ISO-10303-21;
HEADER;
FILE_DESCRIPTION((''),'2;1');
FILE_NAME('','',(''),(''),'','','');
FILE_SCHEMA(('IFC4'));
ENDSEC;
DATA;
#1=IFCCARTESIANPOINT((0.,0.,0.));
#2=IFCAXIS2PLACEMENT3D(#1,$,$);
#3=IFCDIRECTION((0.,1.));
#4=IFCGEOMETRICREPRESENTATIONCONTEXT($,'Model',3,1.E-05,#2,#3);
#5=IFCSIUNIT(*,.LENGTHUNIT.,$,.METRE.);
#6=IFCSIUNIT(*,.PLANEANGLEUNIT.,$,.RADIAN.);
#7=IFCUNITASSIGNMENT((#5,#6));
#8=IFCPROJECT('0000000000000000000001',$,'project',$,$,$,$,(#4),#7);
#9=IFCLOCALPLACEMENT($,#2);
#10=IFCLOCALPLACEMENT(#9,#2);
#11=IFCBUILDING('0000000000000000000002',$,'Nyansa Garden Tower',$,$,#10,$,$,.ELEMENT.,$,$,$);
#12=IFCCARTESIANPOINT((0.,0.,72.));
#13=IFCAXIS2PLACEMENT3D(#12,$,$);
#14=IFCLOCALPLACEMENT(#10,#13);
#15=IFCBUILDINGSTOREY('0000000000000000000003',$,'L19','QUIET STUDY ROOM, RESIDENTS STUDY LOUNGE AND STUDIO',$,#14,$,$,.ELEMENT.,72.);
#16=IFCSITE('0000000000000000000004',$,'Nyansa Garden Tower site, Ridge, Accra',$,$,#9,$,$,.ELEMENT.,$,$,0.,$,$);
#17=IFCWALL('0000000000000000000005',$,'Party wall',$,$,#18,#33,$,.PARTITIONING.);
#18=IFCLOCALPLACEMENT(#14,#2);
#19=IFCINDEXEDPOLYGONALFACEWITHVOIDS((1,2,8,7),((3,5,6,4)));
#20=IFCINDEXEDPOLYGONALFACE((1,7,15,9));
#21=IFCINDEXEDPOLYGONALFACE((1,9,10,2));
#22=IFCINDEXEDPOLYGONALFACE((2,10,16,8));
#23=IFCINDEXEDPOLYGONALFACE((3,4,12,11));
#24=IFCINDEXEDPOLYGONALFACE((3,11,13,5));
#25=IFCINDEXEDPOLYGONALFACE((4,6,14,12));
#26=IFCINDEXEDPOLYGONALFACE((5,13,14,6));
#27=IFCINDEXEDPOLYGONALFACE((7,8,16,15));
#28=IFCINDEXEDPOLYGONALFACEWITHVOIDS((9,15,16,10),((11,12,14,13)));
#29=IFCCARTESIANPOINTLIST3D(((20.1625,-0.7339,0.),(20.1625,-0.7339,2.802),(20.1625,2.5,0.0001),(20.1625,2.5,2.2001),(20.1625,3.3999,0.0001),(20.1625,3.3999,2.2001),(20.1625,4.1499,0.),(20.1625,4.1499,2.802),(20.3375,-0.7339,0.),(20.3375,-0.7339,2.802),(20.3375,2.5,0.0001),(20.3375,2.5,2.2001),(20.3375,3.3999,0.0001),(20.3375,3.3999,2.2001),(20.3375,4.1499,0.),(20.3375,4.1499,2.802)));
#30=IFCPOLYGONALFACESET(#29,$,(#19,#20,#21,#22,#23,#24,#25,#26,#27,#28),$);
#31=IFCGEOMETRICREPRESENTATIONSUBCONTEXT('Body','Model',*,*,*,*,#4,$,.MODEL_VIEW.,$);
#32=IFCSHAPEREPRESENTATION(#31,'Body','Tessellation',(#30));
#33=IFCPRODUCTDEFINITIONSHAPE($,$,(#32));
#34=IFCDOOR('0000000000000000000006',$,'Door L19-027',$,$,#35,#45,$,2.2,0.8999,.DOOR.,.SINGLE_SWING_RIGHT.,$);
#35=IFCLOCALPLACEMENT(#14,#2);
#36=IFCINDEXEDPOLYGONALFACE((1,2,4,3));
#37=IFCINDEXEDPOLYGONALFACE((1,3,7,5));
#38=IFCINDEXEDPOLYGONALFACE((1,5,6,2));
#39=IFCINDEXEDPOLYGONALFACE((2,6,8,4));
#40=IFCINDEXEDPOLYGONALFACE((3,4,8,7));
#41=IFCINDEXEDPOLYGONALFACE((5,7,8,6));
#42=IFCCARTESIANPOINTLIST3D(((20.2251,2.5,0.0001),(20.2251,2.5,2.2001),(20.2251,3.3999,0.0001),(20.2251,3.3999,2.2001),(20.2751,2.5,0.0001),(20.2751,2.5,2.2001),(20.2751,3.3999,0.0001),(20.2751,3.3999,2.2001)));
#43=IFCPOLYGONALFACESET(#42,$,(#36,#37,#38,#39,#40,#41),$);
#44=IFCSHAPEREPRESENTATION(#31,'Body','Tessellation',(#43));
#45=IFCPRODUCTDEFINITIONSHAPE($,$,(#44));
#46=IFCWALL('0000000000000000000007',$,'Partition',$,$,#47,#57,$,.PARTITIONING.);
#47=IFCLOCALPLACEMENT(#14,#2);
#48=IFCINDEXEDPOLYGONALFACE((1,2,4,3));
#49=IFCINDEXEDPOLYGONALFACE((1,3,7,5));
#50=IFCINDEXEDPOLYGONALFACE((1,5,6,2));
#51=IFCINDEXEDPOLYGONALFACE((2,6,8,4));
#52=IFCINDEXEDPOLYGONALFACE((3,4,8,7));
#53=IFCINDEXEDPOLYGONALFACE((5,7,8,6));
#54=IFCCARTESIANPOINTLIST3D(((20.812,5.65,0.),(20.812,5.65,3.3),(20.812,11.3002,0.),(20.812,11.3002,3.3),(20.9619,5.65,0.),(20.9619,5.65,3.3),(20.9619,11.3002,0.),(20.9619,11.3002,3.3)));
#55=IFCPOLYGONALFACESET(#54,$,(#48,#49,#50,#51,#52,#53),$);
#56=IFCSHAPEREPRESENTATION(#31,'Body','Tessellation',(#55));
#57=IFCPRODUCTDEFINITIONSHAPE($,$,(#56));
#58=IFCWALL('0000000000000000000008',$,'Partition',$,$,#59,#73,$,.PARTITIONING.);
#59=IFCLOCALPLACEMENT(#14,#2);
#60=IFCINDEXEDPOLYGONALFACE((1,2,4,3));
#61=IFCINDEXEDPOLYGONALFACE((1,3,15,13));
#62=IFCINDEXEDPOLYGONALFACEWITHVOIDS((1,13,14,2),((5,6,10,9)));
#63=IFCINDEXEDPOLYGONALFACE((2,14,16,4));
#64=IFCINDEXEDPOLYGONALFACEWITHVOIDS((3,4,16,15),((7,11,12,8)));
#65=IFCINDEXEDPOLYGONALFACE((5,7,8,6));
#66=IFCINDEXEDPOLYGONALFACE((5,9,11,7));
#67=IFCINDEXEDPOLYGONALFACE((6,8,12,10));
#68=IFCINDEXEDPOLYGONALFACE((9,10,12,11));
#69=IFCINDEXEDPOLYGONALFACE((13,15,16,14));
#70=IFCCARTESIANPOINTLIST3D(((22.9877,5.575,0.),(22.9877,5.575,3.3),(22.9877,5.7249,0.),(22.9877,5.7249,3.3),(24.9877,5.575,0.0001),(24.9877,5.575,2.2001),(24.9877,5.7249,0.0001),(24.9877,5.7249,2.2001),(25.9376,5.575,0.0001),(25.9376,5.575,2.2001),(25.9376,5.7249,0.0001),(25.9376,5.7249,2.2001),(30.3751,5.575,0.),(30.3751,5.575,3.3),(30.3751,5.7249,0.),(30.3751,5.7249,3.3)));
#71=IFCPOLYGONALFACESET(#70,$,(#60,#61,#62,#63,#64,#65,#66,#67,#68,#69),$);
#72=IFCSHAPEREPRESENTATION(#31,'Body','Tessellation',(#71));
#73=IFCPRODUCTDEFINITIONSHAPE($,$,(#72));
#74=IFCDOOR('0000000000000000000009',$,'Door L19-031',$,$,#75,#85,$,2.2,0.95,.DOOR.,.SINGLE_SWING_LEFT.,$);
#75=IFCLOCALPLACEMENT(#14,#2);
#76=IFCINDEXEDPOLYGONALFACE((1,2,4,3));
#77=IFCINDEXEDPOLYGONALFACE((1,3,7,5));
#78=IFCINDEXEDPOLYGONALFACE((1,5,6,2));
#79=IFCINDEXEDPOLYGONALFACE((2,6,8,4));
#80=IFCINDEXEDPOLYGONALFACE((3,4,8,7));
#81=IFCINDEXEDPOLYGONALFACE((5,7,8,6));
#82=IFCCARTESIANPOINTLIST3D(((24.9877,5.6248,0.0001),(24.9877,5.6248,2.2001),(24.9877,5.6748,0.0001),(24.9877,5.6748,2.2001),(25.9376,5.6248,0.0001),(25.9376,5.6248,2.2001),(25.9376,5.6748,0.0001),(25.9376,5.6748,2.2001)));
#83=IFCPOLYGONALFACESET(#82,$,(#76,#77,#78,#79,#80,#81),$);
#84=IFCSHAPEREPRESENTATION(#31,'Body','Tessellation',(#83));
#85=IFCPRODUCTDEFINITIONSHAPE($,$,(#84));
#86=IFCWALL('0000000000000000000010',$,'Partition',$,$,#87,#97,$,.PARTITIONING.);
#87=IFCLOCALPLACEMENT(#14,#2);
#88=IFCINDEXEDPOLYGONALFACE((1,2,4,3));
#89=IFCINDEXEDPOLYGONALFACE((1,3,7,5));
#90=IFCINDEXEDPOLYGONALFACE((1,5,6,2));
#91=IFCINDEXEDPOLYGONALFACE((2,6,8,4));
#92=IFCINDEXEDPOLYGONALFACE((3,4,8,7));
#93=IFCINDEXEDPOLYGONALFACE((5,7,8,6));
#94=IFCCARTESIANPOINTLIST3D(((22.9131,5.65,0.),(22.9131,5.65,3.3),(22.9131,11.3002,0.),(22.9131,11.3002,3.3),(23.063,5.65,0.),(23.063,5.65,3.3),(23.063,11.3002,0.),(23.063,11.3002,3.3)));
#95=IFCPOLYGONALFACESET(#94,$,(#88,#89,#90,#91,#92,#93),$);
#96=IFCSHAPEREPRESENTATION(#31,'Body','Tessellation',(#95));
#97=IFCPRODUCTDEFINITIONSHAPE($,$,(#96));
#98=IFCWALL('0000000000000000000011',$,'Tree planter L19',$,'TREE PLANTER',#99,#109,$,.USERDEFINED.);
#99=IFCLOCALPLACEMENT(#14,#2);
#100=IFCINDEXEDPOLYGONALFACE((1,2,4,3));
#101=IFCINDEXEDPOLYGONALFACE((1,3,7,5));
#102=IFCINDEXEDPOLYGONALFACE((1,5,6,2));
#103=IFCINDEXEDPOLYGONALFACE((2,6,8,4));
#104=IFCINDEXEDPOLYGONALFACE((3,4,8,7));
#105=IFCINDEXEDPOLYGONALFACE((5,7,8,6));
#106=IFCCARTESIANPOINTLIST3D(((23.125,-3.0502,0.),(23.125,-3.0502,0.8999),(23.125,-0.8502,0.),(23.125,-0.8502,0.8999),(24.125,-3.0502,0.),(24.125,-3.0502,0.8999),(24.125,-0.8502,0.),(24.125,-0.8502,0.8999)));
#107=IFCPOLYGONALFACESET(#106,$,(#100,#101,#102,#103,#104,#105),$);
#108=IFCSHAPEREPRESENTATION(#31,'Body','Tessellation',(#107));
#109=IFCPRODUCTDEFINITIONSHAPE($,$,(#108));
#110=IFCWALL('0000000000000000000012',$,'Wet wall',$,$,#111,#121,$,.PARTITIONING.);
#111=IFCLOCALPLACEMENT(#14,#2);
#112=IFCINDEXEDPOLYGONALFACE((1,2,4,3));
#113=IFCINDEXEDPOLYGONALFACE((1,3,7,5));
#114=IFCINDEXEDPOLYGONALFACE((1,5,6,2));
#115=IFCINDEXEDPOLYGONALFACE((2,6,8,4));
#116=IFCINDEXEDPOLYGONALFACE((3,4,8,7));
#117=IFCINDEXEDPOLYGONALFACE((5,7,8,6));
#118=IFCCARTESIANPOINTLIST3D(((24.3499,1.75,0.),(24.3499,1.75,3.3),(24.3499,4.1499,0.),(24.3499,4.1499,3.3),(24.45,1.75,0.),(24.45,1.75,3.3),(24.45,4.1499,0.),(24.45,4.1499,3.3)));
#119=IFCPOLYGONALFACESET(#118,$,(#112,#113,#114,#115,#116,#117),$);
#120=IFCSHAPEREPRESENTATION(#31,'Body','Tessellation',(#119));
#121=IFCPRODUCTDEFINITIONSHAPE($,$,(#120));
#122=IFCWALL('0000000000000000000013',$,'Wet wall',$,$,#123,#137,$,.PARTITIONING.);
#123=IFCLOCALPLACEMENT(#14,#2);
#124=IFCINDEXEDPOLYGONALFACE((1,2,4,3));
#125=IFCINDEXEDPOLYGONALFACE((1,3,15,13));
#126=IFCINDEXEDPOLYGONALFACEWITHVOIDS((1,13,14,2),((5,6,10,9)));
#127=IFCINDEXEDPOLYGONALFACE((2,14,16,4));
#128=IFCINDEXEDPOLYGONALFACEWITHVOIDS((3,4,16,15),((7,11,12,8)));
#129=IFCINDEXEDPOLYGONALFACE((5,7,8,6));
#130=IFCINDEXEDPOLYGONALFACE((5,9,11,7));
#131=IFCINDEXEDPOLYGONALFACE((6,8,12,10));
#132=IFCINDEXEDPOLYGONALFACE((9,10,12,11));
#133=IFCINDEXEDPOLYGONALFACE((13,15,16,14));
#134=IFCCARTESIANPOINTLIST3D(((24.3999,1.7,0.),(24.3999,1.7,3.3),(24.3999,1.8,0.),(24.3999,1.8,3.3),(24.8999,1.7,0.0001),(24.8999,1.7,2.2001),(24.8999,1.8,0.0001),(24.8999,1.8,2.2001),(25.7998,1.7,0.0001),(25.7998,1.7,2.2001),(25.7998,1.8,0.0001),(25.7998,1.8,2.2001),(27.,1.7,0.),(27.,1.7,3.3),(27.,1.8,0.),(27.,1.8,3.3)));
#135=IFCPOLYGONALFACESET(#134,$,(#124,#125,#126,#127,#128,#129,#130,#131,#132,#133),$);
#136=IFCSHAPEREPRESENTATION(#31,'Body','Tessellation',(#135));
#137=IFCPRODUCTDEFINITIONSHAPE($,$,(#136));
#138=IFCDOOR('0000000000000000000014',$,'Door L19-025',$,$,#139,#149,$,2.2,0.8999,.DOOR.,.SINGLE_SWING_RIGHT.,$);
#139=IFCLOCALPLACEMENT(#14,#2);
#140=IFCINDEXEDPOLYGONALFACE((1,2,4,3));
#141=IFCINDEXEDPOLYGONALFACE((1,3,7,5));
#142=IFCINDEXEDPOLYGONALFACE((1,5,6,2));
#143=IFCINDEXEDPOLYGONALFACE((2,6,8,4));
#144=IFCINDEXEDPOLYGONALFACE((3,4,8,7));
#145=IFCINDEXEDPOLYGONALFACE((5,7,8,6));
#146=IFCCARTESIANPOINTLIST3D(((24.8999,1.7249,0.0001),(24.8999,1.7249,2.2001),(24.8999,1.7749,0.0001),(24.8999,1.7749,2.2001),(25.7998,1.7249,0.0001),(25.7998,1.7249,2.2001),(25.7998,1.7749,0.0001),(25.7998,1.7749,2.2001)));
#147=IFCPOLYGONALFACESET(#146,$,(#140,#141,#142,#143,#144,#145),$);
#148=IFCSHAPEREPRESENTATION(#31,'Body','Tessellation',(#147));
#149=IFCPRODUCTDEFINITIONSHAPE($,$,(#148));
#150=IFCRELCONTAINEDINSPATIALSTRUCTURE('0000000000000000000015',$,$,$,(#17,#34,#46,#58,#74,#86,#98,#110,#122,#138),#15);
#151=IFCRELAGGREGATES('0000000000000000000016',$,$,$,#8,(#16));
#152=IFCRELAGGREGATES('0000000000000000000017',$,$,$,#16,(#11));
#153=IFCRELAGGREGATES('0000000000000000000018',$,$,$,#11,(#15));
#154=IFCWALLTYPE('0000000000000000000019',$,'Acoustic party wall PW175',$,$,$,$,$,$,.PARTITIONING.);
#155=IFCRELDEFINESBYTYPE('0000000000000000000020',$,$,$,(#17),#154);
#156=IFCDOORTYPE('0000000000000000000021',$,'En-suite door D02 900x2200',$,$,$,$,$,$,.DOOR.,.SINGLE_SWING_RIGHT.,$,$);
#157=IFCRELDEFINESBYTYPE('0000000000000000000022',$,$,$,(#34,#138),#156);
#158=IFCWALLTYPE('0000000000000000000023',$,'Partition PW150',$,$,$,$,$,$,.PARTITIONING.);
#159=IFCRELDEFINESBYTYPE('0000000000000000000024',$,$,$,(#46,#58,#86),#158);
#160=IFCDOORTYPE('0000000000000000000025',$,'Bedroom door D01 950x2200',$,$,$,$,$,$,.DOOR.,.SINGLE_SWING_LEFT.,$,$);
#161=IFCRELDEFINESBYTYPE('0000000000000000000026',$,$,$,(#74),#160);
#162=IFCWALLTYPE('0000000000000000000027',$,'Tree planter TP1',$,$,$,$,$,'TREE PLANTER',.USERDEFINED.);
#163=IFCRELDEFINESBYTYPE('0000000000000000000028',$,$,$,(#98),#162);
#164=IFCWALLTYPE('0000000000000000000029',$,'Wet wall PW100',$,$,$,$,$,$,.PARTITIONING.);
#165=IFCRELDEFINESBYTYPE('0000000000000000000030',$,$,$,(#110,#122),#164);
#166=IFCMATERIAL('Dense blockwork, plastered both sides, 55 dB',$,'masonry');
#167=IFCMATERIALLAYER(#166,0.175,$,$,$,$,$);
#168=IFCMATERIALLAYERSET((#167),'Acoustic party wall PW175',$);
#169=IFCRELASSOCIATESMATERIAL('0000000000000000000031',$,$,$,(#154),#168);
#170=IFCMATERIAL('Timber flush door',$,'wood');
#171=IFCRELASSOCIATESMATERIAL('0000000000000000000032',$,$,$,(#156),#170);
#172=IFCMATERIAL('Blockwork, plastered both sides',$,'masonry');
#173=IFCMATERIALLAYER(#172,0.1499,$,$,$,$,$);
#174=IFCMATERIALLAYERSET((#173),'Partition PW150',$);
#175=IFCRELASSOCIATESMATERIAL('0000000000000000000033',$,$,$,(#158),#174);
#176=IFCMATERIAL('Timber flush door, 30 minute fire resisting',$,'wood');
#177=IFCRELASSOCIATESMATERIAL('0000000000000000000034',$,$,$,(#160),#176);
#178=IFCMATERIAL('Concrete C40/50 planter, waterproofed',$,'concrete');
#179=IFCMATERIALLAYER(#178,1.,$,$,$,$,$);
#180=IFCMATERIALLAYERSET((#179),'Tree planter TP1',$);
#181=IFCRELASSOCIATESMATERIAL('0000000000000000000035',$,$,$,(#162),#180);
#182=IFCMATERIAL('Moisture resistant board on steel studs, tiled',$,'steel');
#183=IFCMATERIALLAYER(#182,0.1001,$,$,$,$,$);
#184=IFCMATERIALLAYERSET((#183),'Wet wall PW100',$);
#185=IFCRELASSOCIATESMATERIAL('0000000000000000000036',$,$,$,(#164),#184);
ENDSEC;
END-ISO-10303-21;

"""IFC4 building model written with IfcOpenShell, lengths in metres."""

from ifc_helpers import new_model, si_unit, direction, frame, frame_2d, origin, place, context, subcontext, project, spatial, rectangle, extrude, material, layer, layer_set, type_object, element, fill, save


model = new_model("IFC4")

# Units and contexts
model_context = context("Model", 3, precision=1e-05, world=origin(), true_north=direction((0.0, 1.0)))
body_context = subcontext(model_context, "Body", "Model", "MODEL_VIEW")
ifc_project = project(units=[si_unit("LENGTHUNIT", "METRE"), si_unit("PLANEANGLEUNIT", "RADIAN")], contexts=[model_context])

# Site, building, storey
site_placement = place(None, origin())
site = spatial("IfcSite", under=ifc_project, at=site_placement, Name="Nyansa Garden Tower site, Ridge, Accra", CompositionType="ELEMENT", RefElevation=0.0)
building_placement = place(site_placement, origin())
building = spatial("IfcBuilding", under=site, at=building_placement, Name="Nyansa Garden Tower", CompositionType="ELEMENT")
storey_placement = place(building_placement, frame((0.0, 0.0, 72.0)))
storey = spatial("IfcBuildingStorey", under=building, at=storey_placement, Name="L19", Description="QUIET STUDY ROOM, RESIDENTS STUDY LOUNGE AND STUDIO", CompositionType="ELEMENT", Elevation=72.0)

# Wall, opening, door
ifc_material_1 = material(Name="Dense blockwork, plastered both sides, 55 dB", Category="masonry")
ifc_layer_1 = layer(ifc_material_1, 0.175)
ifc_layer_set_1 = layer_set([ifc_layer_1], Name="Acoustic party wall PW175")
wall_type_1 = type_object("IfcWallType", Name="Acoustic party wall PW175", PredefinedType="PARTITIONING", material=ifc_layer_set_1)
wall_1_placement = place(storey_placement, frame((20.25, -0.7339, 0.0), z_axis=(0.0, 0.0, 1.0), x_axis=(0.0, 1.0, 0.0)))
wall_1 = element("IfcWall", 1, at=wall_1_placement, inside=storey, type_object=wall_type_1, Name="Party wall", PredefinedType="PARTITIONING", context=body_context, shape_type="SweptSolid", body=[
    extrude(rectangle(XDim=4.8838, YDim=0.175, at=frame_2d((2.4419, 0.0))), origin(), (0.0, 0.0, 1.0), 2.802),
])
opening_1_placement = place(wall_1_placement, frame((3.2339, 0.0, 0.0)))
opening_1 = element("IfcOpeningElement", 2, at=opening_1_placement, cuts=wall_1, PredefinedType="OPENING", context=body_context, shape_type="SweptSolid", body=[
    extrude(rectangle(XDim=0.8999, YDim=2.2, at=frame_2d((0.45, 1.1001))), frame((0.0, 0.0974, 0.0), z_axis=(0.0, -1.0, 0.0), x_axis=(1.0, 0.0, 0.0)), (0.0, 0.0, 1.0), 0.1951),
])
ifc_material_2 = material(Name="Timber flush door", Category="wood")
door_type_1 = type_object("IfcDoorType", Name="En-suite door D02 900x2200", OperationType="SINGLE_SWING_RIGHT", PredefinedType="DOOR", material=ifc_material_2)
door_1_placement = place(opening_1_placement, origin())
door_1 = element("IfcDoor", 3, at=door_1_placement, inside=storey, type_object=door_type_1, Name="Door L19-027", OperationType="SINGLE_SWING_RIGHT", OverallHeight=2.2, OverallWidth=0.8999, PredefinedType="DOOR", context=body_context, shape_type="SweptSolid", body=[
    extrude(rectangle(XDim=0.8999, YDim=2.2, at=frame_2d((0.45, 1.1001))), frame((0.0, 0.0249, 0.0), z_axis=(0.0, -1.0, 0.0), x_axis=(1.0, 0.0, 0.0)), (0.0, 0.0, 1.0), 0.05),
])
fill(opening_1, door_1)

# Wall
ifc_material_3 = material(Name="Blockwork, plastered both sides", Category="masonry")
ifc_layer_2 = layer(ifc_material_3, 0.1499)
ifc_layer_set_2 = layer_set([ifc_layer_2], Name="Partition PW150")
wall_type_2 = type_object("IfcWallType", Name="Partition PW150", PredefinedType="PARTITIONING", material=ifc_layer_set_2)
wall_2_placement = place(storey_placement, frame((20.887, 5.6499, 0.0), z_axis=(0.0, 0.0, 1.0), x_axis=(0.0, 1.0, 0.0)))
element("IfcWall", 4, at=wall_2_placement, inside=storey, type_object=wall_type_2, Name="Partition", PredefinedType="PARTITIONING", context=body_context, shape_type="SweptSolid", body=[
    extrude(rectangle(XDim=5.6501, YDim=0.1499, at=frame_2d((2.8252, 0.0))), origin(), (0.0, 0.0, 1.0), 3.3),
])

# Wall, opening, door
wall_3_placement = place(storey_placement, frame((22.9875, 5.6499, 0.0), z_axis=(0.0, 0.0, 1.0), x_axis=(1.0, 0.0, 0.0)))
wall_3 = element("IfcWall", 5, at=wall_3_placement, inside=storey, type_object=wall_type_2, Name="Partition", PredefinedType="PARTITIONING", context=body_context, shape_type="SweptSolid", body=[
    extrude(rectangle(XDim=7.3875, YDim=0.1499, at=frame_2d((3.6938, 0.0))), origin(), (0.0, 0.0, 1.0), 3.3),
])
opening_2_placement = place(wall_3_placement, frame((2.0, 0.0, 0.0)))
opening_2 = element("IfcOpeningElement", 6, at=opening_2_placement, cuts=wall_3, PredefinedType="OPENING", context=body_context, shape_type="SweptSolid", body=[
    extrude(rectangle(XDim=0.95, YDim=2.2, at=frame_2d((0.4751, 1.1001))), frame((0.0, 0.085, 0.0), z_axis=(0.0, -1.0, 0.0), x_axis=(1.0, 0.0, 0.0)), (0.0, 0.0, 1.0), 0.1699),
])
ifc_material_4 = material(Name="Timber flush door, 30 minute fire resisting", Category="wood")
door_type_2 = type_object("IfcDoorType", Name="Bedroom door D01 950x2200", OperationType="SINGLE_SWING_LEFT", PredefinedType="DOOR", material=ifc_material_4)
door_2_placement = place(opening_2_placement, origin())
door_2 = element("IfcDoor", 7, at=door_2_placement, inside=storey, type_object=door_type_2, Name="Door L19-031", OperationType="SINGLE_SWING_LEFT", OverallHeight=2.2, OverallWidth=0.95, PredefinedType="DOOR", context=body_context, shape_type="SweptSolid", body=[
    extrude(rectangle(XDim=0.95, YDim=2.2, at=frame_2d((0.4751, 1.1001))), frame((0.0, 0.0249, 0.0), z_axis=(0.0, -1.0, 0.0), x_axis=(1.0, 0.0, 0.0)), (0.0, 0.0, 1.0), 0.05),
])
fill(opening_2, door_2)

# Walls
wall_4_placement = place(storey_placement, frame((22.988, 5.6499, 0.0), z_axis=(0.0, 0.0, 1.0), x_axis=(0.0, 1.0, 0.0)))
element("IfcWall", 8, at=wall_4_placement, inside=storey, type_object=wall_type_2, Name="Partition", PredefinedType="PARTITIONING", context=body_context, shape_type="SweptSolid", body=[
    extrude(rectangle(XDim=5.6501, YDim=0.1499, at=frame_2d((2.8252, 0.0))), origin(), (0.0, 0.0, 1.0), 3.3),
])
ifc_material_5 = material(Name="Concrete C40/50 planter, waterproofed", Category="concrete")
ifc_layer_3 = layer(ifc_material_5, 1.0)
ifc_layer_set_3 = layer_set([ifc_layer_3], Name="Tree planter TP1")
wall_type_3 = type_object("IfcWallType", Name="Tree planter TP1", ElementType="TREE PLANTER", PredefinedType="USERDEFINED", material=ifc_layer_set_3)
wall_5_placement = place(storey_placement, frame((23.625, -0.8501, 0.0), z_axis=(0.0, 0.0, 1.0), x_axis=(0.0, -1.0, 0.0)))
element("IfcWall", 9, at=wall_5_placement, inside=storey, type_object=wall_type_3, Name="Tree planter L19", ObjectType="TREE PLANTER", PredefinedType="USERDEFINED", context=body_context, shape_type="SweptSolid", body=[
    extrude(rectangle(XDim=2.2, YDim=1.0, at=frame_2d((1.1001, 0.0))), origin(), (0.0, 0.0, 1.0), 0.8999),
])
ifc_material_6 = material(Name="Moisture resistant board on steel studs, tiled", Category="steel")
ifc_layer_4 = layer(ifc_material_6, 0.1001)
ifc_layer_set_4 = layer_set([ifc_layer_4], Name="Wet wall PW100")
wall_type_4 = type_object("IfcWallType", Name="Wet wall PW100", PredefinedType="PARTITIONING", material=ifc_layer_set_4)
wall_6_placement = place(storey_placement, frame((24.3999, 1.75, 0.0), z_axis=(0.0, 0.0, 1.0), x_axis=(0.0, 1.0, 0.0)))
element("IfcWall", 10, at=wall_6_placement, inside=storey, type_object=wall_type_4, Name="Wet wall", PredefinedType="PARTITIONING", context=body_context, shape_type="SweptSolid", body=[
    extrude(rectangle(XDim=2.3999, YDim=0.1001, at=frame_2d((1.2, 0.0))), origin(), (0.0, 0.0, 1.0), 3.3),
])

# Wall, opening, door
wall_7_placement = place(storey_placement, frame((24.3999, 1.75, 0.0), z_axis=(0.0, 0.0, 1.0), x_axis=(1.0, 0.0, 0.0)))
wall_7 = element("IfcWall", 11, at=wall_7_placement, inside=storey, type_object=wall_type_4, Name="Wet wall", PredefinedType="PARTITIONING", context=body_context, shape_type="SweptSolid", body=[
    extrude(rectangle(XDim=2.6001, YDim=0.1001, at=frame_2d((1.3, 0.0))), origin(), (0.0, 0.0, 1.0), 3.3),
])
opening_3_placement = place(wall_7_placement, frame((0.5, 0.0, 0.0)))
opening_3 = element("IfcOpeningElement", 12, at=opening_3_placement, cuts=wall_7, PredefinedType="OPENING", context=body_context, shape_type="SweptSolid", body=[
    extrude(rectangle(XDim=0.8999, YDim=2.2, at=frame_2d((0.45, 1.1001))), frame((0.0, 0.0601, 0.0), z_axis=(0.0, -1.0, 0.0), x_axis=(1.0, 0.0, 0.0)), (0.0, 0.0, 1.0), 0.1201),
])
door_3_placement = place(opening_3_placement, origin())
door_3 = element("IfcDoor", 13, at=door_3_placement, inside=storey, type_object=door_type_1, Name="Door L19-025", OperationType="SINGLE_SWING_RIGHT", OverallHeight=2.2, OverallWidth=0.8999, PredefinedType="DOOR", context=body_context, shape_type="SweptSolid", body=[
    extrude(rectangle(XDim=0.8999, YDim=2.2, at=frame_2d((0.45, 1.1001))), frame((0.0, 0.0249, 0.0), z_axis=(0.0, -1.0, 0.0), x_axis=(1.0, 0.0, 0.0)), (0.0, 0.0, 1.0), 0.05),
])
fill(opening_3, door_3)

save(model, "model.ifc")
